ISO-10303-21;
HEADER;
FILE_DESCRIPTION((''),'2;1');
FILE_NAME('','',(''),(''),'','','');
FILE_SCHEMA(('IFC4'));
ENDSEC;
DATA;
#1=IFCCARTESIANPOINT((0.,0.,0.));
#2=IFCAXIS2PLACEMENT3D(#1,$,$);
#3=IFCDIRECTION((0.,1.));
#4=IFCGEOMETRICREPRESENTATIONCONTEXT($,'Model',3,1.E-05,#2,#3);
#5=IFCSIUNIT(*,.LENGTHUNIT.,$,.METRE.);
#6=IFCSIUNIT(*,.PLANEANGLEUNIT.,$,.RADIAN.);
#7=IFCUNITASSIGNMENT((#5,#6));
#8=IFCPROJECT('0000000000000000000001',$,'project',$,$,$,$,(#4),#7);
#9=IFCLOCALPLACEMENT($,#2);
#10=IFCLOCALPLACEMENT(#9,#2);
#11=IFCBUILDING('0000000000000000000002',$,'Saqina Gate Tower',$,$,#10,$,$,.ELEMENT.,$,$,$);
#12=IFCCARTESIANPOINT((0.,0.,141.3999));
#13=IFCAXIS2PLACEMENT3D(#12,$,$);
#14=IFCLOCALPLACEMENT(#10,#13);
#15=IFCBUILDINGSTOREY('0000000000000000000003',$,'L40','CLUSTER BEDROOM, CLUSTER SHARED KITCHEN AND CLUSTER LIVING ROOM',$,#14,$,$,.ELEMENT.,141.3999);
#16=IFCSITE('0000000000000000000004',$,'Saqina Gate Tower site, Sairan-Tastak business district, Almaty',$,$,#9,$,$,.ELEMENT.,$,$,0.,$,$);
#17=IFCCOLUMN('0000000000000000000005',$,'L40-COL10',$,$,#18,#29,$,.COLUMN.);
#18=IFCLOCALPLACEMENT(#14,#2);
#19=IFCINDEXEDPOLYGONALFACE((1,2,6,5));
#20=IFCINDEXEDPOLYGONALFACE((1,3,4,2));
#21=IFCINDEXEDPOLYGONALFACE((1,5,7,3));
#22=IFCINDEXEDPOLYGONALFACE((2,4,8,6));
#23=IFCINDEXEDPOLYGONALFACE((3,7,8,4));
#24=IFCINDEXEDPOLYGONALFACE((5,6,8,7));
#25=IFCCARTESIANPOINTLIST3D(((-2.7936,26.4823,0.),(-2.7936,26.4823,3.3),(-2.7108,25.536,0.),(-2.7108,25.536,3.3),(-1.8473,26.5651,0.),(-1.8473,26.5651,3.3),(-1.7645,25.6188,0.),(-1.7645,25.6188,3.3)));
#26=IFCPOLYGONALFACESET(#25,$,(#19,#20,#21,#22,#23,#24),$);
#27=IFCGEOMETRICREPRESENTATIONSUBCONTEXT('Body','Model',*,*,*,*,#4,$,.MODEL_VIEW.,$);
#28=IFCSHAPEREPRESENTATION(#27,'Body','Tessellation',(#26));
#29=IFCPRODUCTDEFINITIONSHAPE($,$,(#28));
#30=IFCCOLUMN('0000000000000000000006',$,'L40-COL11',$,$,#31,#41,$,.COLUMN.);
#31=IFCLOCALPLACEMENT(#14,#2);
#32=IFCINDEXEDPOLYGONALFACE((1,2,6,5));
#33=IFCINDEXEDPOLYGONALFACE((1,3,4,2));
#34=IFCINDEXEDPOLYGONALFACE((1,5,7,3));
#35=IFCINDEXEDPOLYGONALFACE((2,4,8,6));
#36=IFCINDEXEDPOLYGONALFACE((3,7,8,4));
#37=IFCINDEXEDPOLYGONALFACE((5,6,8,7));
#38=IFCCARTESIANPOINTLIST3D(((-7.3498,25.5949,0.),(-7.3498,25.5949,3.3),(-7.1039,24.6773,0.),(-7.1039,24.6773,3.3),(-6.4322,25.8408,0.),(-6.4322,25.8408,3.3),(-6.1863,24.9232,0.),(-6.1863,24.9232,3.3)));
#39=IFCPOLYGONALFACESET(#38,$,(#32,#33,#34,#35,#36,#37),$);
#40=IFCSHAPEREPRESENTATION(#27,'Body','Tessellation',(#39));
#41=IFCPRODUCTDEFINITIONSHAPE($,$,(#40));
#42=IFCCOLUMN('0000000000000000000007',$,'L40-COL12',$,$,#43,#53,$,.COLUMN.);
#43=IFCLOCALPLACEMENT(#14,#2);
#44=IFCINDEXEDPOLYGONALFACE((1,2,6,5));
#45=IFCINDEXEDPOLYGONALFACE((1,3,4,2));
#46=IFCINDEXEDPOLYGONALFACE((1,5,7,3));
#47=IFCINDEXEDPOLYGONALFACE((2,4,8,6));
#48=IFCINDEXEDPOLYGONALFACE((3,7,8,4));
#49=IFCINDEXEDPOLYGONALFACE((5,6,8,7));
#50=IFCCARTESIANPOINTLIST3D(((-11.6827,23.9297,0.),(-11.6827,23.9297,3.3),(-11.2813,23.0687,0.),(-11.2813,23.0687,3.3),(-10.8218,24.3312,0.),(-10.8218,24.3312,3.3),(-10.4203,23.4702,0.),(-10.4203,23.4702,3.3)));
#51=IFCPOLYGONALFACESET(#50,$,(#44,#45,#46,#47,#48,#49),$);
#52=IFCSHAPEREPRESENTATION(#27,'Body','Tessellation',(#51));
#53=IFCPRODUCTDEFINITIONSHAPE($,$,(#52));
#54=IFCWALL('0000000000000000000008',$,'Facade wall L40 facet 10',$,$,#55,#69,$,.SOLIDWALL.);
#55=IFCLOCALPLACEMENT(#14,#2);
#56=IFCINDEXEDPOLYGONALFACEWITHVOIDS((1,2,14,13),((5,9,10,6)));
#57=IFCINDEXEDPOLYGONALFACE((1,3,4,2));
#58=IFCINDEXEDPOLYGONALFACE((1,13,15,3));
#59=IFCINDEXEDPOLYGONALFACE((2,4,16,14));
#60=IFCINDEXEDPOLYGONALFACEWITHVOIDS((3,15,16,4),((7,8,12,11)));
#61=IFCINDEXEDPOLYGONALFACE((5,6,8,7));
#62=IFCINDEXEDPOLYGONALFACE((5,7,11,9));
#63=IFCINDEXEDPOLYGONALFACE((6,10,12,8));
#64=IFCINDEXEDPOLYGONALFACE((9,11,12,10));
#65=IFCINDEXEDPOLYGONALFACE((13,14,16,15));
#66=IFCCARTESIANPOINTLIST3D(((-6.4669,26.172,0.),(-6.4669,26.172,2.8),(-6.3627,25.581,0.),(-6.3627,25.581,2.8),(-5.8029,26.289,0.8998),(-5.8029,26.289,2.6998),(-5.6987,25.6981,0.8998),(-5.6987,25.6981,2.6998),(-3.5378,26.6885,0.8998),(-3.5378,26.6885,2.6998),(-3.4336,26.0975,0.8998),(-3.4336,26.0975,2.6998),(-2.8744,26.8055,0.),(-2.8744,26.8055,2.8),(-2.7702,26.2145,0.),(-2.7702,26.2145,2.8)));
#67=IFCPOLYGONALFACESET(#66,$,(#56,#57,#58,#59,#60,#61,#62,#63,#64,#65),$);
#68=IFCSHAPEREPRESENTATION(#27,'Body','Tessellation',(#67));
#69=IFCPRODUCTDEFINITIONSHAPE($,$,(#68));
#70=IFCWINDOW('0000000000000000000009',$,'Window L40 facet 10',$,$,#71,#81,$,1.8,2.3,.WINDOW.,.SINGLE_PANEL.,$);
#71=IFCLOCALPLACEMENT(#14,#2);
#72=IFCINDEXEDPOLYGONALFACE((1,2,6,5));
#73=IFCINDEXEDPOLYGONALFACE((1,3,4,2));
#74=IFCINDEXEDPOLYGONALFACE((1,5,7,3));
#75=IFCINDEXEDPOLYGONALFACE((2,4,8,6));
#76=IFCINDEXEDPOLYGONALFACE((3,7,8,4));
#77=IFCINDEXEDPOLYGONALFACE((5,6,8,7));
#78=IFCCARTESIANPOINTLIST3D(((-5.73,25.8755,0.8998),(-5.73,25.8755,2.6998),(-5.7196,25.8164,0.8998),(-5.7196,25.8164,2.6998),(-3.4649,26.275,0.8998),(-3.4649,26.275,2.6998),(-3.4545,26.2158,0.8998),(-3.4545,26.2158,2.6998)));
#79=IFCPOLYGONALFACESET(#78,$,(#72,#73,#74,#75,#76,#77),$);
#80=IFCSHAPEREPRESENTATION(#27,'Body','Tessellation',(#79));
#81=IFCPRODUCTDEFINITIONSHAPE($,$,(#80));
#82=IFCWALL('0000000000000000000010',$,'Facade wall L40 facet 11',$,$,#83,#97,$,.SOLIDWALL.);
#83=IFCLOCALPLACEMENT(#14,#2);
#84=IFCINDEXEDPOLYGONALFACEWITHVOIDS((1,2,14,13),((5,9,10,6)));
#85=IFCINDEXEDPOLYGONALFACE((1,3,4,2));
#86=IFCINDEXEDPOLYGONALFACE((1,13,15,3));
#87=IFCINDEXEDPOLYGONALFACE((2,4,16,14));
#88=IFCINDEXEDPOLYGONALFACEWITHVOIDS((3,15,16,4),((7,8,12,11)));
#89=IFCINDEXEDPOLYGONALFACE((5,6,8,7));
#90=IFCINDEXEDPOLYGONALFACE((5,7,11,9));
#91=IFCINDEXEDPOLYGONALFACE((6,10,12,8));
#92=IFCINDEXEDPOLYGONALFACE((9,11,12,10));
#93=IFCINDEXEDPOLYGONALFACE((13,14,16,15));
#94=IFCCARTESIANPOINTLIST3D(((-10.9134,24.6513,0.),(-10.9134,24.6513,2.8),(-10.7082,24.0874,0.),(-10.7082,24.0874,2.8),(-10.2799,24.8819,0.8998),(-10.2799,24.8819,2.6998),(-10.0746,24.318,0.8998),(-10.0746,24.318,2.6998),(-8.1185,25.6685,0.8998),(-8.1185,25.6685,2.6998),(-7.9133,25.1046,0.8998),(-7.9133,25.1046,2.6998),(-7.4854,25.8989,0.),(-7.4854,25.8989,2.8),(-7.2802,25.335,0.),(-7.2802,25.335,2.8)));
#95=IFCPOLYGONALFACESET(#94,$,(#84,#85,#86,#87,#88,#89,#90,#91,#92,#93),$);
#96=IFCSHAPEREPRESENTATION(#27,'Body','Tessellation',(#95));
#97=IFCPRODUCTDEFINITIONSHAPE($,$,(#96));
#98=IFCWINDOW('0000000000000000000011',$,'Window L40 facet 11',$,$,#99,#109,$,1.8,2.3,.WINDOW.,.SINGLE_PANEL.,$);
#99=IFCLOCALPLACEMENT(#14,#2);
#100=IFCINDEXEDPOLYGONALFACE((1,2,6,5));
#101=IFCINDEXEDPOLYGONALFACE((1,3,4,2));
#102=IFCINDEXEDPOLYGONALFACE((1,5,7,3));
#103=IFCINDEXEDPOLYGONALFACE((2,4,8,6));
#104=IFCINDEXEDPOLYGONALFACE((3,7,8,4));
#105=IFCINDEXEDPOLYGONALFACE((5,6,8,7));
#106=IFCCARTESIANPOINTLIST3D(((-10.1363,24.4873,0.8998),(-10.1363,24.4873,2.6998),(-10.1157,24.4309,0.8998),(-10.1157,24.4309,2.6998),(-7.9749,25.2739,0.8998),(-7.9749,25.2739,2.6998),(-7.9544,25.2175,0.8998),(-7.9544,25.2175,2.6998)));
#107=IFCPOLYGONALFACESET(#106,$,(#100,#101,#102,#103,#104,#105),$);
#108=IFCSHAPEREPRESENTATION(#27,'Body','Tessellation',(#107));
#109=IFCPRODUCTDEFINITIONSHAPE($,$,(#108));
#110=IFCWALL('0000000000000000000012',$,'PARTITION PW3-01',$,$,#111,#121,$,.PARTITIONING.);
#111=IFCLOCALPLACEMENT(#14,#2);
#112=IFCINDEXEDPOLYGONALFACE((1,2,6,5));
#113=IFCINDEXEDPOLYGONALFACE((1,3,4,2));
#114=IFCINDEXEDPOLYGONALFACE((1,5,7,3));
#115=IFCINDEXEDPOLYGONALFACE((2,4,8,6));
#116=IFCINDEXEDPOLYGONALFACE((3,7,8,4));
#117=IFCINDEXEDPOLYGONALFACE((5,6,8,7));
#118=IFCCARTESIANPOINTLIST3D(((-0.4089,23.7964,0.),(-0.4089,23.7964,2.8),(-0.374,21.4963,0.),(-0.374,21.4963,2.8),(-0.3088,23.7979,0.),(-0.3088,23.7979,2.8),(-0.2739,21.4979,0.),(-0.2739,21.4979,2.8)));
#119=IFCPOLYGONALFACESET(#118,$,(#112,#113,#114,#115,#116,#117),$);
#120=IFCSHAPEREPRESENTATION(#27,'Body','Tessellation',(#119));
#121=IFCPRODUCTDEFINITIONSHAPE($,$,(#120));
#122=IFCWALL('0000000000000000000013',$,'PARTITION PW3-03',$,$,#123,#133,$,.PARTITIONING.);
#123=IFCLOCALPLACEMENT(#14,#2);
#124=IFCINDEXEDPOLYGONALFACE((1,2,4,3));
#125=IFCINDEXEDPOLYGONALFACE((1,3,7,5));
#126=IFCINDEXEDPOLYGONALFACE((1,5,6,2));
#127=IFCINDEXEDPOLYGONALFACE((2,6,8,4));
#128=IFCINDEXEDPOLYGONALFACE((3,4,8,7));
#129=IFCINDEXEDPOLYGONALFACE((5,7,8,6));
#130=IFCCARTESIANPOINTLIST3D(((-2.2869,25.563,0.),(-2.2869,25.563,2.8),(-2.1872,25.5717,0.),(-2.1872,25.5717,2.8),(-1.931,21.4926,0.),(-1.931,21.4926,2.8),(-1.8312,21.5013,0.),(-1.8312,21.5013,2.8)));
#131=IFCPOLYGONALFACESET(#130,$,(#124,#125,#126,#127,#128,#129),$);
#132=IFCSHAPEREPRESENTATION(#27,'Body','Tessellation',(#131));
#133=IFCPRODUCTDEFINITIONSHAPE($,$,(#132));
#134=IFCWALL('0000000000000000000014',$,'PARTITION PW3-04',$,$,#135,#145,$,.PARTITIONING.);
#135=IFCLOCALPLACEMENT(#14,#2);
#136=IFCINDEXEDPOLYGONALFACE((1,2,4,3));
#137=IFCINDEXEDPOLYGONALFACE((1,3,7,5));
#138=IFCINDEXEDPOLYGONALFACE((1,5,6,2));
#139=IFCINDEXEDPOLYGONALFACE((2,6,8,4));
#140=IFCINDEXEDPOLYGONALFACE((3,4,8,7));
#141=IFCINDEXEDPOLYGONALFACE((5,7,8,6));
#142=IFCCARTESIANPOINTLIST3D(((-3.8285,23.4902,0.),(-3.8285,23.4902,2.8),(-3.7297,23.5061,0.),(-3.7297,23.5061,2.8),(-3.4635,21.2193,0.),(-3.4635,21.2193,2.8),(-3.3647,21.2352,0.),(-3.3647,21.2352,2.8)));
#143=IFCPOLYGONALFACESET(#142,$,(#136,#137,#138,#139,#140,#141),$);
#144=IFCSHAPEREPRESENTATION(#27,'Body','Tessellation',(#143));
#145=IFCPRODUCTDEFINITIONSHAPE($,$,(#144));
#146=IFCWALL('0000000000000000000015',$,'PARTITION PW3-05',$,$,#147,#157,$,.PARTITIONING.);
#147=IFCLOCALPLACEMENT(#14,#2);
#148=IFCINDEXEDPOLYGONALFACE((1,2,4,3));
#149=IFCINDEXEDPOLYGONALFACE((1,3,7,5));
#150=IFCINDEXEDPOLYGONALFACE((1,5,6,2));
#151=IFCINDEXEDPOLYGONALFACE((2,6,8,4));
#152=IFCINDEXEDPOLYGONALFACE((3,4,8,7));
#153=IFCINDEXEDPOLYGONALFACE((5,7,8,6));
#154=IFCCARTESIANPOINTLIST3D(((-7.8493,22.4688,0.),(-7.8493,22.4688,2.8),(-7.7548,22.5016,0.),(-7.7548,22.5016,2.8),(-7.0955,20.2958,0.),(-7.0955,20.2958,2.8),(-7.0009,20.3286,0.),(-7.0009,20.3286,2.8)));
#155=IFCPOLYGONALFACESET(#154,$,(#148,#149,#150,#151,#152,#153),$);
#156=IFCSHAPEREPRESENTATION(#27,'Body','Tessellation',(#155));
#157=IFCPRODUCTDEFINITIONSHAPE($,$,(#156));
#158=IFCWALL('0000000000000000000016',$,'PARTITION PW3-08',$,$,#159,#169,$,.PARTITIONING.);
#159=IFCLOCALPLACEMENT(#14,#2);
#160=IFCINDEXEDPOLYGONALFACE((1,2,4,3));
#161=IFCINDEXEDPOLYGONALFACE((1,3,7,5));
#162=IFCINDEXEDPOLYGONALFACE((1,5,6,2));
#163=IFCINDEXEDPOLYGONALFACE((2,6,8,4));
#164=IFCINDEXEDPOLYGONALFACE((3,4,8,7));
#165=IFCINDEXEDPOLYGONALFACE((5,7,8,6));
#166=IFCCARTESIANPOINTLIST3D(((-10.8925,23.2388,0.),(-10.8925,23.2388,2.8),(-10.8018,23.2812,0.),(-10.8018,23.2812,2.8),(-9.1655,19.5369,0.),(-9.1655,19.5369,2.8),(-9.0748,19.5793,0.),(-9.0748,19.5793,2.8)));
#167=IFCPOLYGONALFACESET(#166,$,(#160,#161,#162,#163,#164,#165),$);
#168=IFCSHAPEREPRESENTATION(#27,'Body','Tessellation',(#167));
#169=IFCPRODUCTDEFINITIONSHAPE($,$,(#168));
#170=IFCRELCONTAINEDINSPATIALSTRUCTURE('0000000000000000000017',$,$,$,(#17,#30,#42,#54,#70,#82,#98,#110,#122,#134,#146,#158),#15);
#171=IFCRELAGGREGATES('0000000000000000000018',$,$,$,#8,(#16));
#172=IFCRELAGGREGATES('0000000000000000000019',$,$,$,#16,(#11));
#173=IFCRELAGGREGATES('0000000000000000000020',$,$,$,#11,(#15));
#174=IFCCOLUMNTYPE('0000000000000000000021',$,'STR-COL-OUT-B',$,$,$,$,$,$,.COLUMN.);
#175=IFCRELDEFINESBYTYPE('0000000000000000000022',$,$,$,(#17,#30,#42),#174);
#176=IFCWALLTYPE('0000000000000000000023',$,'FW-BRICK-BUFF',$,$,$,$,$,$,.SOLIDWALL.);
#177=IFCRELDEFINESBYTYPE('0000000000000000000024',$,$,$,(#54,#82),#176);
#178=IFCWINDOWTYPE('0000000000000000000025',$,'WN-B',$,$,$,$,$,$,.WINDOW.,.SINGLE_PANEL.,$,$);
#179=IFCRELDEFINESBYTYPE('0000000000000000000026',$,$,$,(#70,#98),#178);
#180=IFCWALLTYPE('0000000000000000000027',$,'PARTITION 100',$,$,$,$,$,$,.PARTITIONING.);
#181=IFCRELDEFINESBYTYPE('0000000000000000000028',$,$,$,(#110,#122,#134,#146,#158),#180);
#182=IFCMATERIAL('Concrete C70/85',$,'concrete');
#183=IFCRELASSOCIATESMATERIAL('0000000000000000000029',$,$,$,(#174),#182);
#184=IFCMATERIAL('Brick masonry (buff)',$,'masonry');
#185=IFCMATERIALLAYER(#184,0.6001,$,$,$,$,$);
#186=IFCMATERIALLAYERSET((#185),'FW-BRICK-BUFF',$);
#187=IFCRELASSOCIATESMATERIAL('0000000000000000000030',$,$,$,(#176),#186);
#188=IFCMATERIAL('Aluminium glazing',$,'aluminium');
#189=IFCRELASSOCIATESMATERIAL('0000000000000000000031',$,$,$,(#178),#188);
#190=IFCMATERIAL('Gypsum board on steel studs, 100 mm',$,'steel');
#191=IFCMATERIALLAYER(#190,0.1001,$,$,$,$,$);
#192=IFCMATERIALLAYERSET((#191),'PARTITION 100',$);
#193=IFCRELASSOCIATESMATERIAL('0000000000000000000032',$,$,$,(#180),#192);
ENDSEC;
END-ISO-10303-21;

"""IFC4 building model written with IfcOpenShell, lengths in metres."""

from ifc_helpers import new_model, si_unit, direction, frame, frame_2d, origin, origin_2d, place, context, subcontext, project, spatial, rectangle, extrude, material, layer, layer_set, material_profile, profile_set, type_object, element, fill, save


model = new_model("IFC4")

# Units and contexts
model_context = context("Model", 3, precision=1e-05, world=origin(), true_north=direction((0.0, 1.0)))
body_context = subcontext(model_context, "Body", "Model", "MODEL_VIEW")
ifc_project = project(units=[si_unit("LENGTHUNIT", "METRE"), si_unit("PLANEANGLEUNIT", "RADIAN")], contexts=[model_context])

# Site, building, storey
site_placement = place(None, origin())
site = spatial("IfcSite", under=ifc_project, at=site_placement, Name="Saqina Gate Tower site, Sairan-Tastak business district, Almaty", CompositionType="ELEMENT", RefElevation=0.0)
building_placement = place(site_placement, origin())
building = spatial("IfcBuilding", under=site, at=building_placement, Name="Saqina Gate Tower", CompositionType="ELEMENT")
storey_placement = place(building_placement, frame((0.0, 0.0, 141.3999)))
storey = spatial("IfcBuildingStorey", under=building, at=storey_placement, Name="L40", Description="CLUSTER BEDROOM, CLUSTER SHARED KITCHEN AND CLUSTER LIVING ROOM", CompositionType="ELEMENT", Elevation=141.3999)

# Columns
ifc_material_1 = material(Name="Concrete C70/85", Category="concrete")
ifc_material_profile = material_profile(ifc_material_1, rectangle(XDim=0.95, YDim=0.95, at=origin_2d()), Name="RC 950x950")
ifc_profile_set = profile_set([ifc_material_profile], Name="Concrete C70/85")
column_type = type_object("IfcColumnType", Name="STR-COL-OUT-B", PredefinedType="COLUMN", material=ifc_profile_set)
for number, where, z_axis, x_axis, name in (
    (1, (-2.2791, 26.0505, 0.0), (0.0, 0.0, 1.0), (-0.087156, 0.996195, 0.0), "L40-COL10"),
    (2, (-6.7681, 25.259, 0.0), (0.0, 0.0, 1.0), (-0.258819, 0.965926, 0.0), "L40-COL11"),
    (3, (-11.0515, 23.7, 0.0), (0.0, 0.0, 1.0), (-0.422618, 0.906308, 0.0), "L40-COL12"),
):
    element("IfcColumn", number, at=place(storey_placement, frame(where, z_axis=z_axis, x_axis=x_axis)), inside=storey, type_object=column_type, Name=name, PredefinedType="COLUMN", context=body_context, shape_type="SweptSolid", body=[
        extrude(rectangle(XDim=0.95, YDim=0.95, at=origin_2d()), origin(), (0.0, 0.0, 1.0), 3.3),
    ])

# Walls, openings, windows
ifc_material_2 = material(Name="Brick masonry (buff)", Category="masonry")
ifc_layer_1 = layer(ifc_material_2, 0.6001)
ifc_layer_set_1 = layer_set([ifc_layer_1], Name="FW-BRICK-BUFF")
wall_type_1 = type_object("IfcWallType", Name="FW-BRICK-BUFF", PredefinedType="SOLIDWALL", material=ifc_layer_set_1)
wall_1_placement = place(storey_placement, frame((-2.8223, 26.51, 0.0), z_axis=(0.0, 0.0, 1.0), x_axis=(-0.984804, -0.173671, 0.0)))
wall_1 = element("IfcWall", 4, at=wall_1_placement, inside=storey, type_object=wall_type_1, Name="Facade wall L40 facet 10", PredefinedType="SOLIDWALL", context=body_context, shape_type="SweptSolid", body=[
    extrude(rectangle(XDim=3.6479, YDim=0.6001, at=frame_2d((1.824, 0.0))), origin(), (0.0, 0.0, 1.0), 2.8),
])
opening_1_placement = place(wall_1_placement, frame((0.6738, 0.0, 0.8999)))
opening_1 = element("IfcOpeningElement", 5, at=opening_1_placement, cuts=wall_1, PredefinedType="OPENING", context=body_context, shape_type="SweptSolid", body=[
    extrude(rectangle(XDim=2.3, YDim=1.8, at=frame_2d((1.1499, 0.8999))), frame((0.0, 0.312, 0.0), z_axis=(0.0, -1.0, 0.0), x_axis=(1.0, 0.0, 0.0)), (0.0, 0.0, 1.0), 0.624),
])
ifc_material_3 = material(Name="Aluminium glazing", Category="aluminium")
window_type = type_object("IfcWindowType", Name="WN-B", PartitioningType="SINGLE_PANEL", PredefinedType="WINDOW", material=ifc_material_3)
window_1_placement = place(opening_1_placement, origin())
window_1 = element("IfcWindow", 6, at=window_1_placement, inside=storey, type_object=window_type, Name="Window L40 facet 10", OverallHeight=1.8, OverallWidth=2.3, PartitioningType="SINGLE_PANEL", PredefinedType="WINDOW", context=body_context, shape_type="SweptSolid", body=[
    extrude(rectangle(XDim=2.3, YDim=1.8, at=frame_2d((1.1499, 0.8999))), frame((0.0, 0.1799, 0.0), z_axis=(0.0, -1.0, 0.0), x_axis=(1.0, 0.0, 0.0)), (0.0, 0.0, 1.0), 0.0601),
])
fill(opening_1, window_1)
wall_2_placement = place(storey_placement, frame((-7.3828, 25.6169, 0.0), z_axis=(0.0, 0.0, 1.0), x_axis=(-0.939704, -0.34199, 0.0)))
wall_2 = element("IfcWall", 7, at=wall_2_placement, inside=storey, type_object=wall_type_1, Name="Facade wall L40 facet 11", PredefinedType="SOLIDWALL", context=body_context, shape_type="SweptSolid", body=[
    extrude(rectangle(XDim=3.6479, YDim=0.6001, at=frame_2d((1.824, 0.0))), origin(), (0.0, 0.0, 1.0), 2.8),
])
opening_2_placement = place(wall_2_placement, frame((0.6738, 0.0, 0.8999)))
opening_2 = element("IfcOpeningElement", 8, at=opening_2_placement, cuts=wall_2, PredefinedType="OPENING", context=body_context, shape_type="SweptSolid", body=[
    extrude(rectangle(XDim=2.3, YDim=1.8, at=frame_2d((1.1499, 0.8999))), frame((0.0, 0.312, 0.0), z_axis=(0.0, -1.0, 0.0), x_axis=(1.0, 0.0, 0.0)), (0.0, 0.0, 1.0), 0.624),
])
window_2_placement = place(opening_2_placement, origin())
window_2 = element("IfcWindow", 9, at=window_2_placement, inside=storey, type_object=window_type, Name="Window L40 facet 11", OverallHeight=1.8, OverallWidth=2.3, PartitioningType="SINGLE_PANEL", PredefinedType="WINDOW", context=body_context, shape_type="SweptSolid", body=[
    extrude(rectangle(XDim=2.3, YDim=1.8, at=frame_2d((1.1499, 0.8999))), frame((0.0, 0.1799, 0.0), z_axis=(0.0, -1.0, 0.0), x_axis=(1.0, 0.0, 0.0)), (0.0, 0.0, 1.0), 0.0601),
])
fill(opening_2, window_2)

# Walls
ifc_material_4 = material(Name="Gypsum board on steel studs, 100 mm", Category="steel")
ifc_layer_2 = layer(ifc_material_4, 0.1001)
ifc_layer_set_2 = layer_set([ifc_layer_2], Name="PARTITION 100")
wall_type_2 = type_object("IfcWallType", Name="PARTITION 100", PredefinedType="PARTITIONING", material=ifc_layer_set_2)
wall_3_placement = place(storey_placement, frame((-0.3589, 23.7971, 0.0), z_axis=(0.0, 0.0, 1.0), x_axis=(0.015177, -0.999885, 0.0)))
element("IfcWall", 10, at=wall_3_placement, inside=storey, type_object=wall_type_2, Name="PARTITION PW3-01", PredefinedType="PARTITIONING", context=body_context, shape_type="SweptSolid", body=[
    extrude(rectangle(XDim=2.3003, YDim=0.1001, at=frame_2d((1.1501, 0.0))), origin(), (0.0, 0.0, 1.0), 2.8),
])
wall_4_placement = place(storey_placement, frame((-2.2371, 25.5674, 0.0), z_axis=(0.0, 0.0, 1.0), x_axis=(0.08712, -0.996198, 0.0)))
element("IfcWall", 11, at=wall_4_placement, inside=storey, type_object=wall_type_2, Name="PARTITION PW3-03", PredefinedType="PARTITIONING", context=body_context, shape_type="SweptSolid", body=[
    extrude(rectangle(XDim=4.0859, YDim=0.1001, at=frame_2d((2.043, 0.0))), origin(), (0.0, 0.0, 1.0), 2.8),
])
for number, where, z_axis, x_axis, name in (
    (12, (-3.7791, 23.498, 0.0), (0.0, 0.0, 1.0), (0.158682, -0.98733, 0.0), "PARTITION PW3-04"),
    (13, (-7.802, 22.4851, 0.0), (0.0, 0.0, 1.0), (0.327763, -0.94476, 0.0), "PARTITION PW3-05"),
):
    element("IfcWall", number, at=place(storey_placement, frame(where, z_axis=z_axis, x_axis=x_axis)), inside=storey, type_object=wall_type_2, Name=name, PredefinedType="PARTITIONING", context=body_context, shape_type="SweptSolid", body=[
        extrude(rectangle(XDim=2.3, YDim=0.1001, at=frame_2d((1.1499, 0.0))), origin(), (0.0, 0.0, 1.0), 2.8),
    ])
wall_5_placement = place(storey_placement, frame((-10.8472, 23.26, 0.0), z_axis=(0.0, 0.0, 1.0), x_axis=(0.422784, -0.90623, 0.0)))
element("IfcWall", 14, at=wall_5_placement, inside=storey, type_object=wall_type_2, Name="PARTITION PW3-08", PredefinedType="PARTITIONING", context=body_context, shape_type="SweptSolid", body=[
    extrude(rectangle(XDim=4.085, YDim=0.1001, at=frame_2d((2.0425, 0.0))), origin(), (0.0, 0.0, 1.0), 2.8),
])

save(model, "model.ifc")
